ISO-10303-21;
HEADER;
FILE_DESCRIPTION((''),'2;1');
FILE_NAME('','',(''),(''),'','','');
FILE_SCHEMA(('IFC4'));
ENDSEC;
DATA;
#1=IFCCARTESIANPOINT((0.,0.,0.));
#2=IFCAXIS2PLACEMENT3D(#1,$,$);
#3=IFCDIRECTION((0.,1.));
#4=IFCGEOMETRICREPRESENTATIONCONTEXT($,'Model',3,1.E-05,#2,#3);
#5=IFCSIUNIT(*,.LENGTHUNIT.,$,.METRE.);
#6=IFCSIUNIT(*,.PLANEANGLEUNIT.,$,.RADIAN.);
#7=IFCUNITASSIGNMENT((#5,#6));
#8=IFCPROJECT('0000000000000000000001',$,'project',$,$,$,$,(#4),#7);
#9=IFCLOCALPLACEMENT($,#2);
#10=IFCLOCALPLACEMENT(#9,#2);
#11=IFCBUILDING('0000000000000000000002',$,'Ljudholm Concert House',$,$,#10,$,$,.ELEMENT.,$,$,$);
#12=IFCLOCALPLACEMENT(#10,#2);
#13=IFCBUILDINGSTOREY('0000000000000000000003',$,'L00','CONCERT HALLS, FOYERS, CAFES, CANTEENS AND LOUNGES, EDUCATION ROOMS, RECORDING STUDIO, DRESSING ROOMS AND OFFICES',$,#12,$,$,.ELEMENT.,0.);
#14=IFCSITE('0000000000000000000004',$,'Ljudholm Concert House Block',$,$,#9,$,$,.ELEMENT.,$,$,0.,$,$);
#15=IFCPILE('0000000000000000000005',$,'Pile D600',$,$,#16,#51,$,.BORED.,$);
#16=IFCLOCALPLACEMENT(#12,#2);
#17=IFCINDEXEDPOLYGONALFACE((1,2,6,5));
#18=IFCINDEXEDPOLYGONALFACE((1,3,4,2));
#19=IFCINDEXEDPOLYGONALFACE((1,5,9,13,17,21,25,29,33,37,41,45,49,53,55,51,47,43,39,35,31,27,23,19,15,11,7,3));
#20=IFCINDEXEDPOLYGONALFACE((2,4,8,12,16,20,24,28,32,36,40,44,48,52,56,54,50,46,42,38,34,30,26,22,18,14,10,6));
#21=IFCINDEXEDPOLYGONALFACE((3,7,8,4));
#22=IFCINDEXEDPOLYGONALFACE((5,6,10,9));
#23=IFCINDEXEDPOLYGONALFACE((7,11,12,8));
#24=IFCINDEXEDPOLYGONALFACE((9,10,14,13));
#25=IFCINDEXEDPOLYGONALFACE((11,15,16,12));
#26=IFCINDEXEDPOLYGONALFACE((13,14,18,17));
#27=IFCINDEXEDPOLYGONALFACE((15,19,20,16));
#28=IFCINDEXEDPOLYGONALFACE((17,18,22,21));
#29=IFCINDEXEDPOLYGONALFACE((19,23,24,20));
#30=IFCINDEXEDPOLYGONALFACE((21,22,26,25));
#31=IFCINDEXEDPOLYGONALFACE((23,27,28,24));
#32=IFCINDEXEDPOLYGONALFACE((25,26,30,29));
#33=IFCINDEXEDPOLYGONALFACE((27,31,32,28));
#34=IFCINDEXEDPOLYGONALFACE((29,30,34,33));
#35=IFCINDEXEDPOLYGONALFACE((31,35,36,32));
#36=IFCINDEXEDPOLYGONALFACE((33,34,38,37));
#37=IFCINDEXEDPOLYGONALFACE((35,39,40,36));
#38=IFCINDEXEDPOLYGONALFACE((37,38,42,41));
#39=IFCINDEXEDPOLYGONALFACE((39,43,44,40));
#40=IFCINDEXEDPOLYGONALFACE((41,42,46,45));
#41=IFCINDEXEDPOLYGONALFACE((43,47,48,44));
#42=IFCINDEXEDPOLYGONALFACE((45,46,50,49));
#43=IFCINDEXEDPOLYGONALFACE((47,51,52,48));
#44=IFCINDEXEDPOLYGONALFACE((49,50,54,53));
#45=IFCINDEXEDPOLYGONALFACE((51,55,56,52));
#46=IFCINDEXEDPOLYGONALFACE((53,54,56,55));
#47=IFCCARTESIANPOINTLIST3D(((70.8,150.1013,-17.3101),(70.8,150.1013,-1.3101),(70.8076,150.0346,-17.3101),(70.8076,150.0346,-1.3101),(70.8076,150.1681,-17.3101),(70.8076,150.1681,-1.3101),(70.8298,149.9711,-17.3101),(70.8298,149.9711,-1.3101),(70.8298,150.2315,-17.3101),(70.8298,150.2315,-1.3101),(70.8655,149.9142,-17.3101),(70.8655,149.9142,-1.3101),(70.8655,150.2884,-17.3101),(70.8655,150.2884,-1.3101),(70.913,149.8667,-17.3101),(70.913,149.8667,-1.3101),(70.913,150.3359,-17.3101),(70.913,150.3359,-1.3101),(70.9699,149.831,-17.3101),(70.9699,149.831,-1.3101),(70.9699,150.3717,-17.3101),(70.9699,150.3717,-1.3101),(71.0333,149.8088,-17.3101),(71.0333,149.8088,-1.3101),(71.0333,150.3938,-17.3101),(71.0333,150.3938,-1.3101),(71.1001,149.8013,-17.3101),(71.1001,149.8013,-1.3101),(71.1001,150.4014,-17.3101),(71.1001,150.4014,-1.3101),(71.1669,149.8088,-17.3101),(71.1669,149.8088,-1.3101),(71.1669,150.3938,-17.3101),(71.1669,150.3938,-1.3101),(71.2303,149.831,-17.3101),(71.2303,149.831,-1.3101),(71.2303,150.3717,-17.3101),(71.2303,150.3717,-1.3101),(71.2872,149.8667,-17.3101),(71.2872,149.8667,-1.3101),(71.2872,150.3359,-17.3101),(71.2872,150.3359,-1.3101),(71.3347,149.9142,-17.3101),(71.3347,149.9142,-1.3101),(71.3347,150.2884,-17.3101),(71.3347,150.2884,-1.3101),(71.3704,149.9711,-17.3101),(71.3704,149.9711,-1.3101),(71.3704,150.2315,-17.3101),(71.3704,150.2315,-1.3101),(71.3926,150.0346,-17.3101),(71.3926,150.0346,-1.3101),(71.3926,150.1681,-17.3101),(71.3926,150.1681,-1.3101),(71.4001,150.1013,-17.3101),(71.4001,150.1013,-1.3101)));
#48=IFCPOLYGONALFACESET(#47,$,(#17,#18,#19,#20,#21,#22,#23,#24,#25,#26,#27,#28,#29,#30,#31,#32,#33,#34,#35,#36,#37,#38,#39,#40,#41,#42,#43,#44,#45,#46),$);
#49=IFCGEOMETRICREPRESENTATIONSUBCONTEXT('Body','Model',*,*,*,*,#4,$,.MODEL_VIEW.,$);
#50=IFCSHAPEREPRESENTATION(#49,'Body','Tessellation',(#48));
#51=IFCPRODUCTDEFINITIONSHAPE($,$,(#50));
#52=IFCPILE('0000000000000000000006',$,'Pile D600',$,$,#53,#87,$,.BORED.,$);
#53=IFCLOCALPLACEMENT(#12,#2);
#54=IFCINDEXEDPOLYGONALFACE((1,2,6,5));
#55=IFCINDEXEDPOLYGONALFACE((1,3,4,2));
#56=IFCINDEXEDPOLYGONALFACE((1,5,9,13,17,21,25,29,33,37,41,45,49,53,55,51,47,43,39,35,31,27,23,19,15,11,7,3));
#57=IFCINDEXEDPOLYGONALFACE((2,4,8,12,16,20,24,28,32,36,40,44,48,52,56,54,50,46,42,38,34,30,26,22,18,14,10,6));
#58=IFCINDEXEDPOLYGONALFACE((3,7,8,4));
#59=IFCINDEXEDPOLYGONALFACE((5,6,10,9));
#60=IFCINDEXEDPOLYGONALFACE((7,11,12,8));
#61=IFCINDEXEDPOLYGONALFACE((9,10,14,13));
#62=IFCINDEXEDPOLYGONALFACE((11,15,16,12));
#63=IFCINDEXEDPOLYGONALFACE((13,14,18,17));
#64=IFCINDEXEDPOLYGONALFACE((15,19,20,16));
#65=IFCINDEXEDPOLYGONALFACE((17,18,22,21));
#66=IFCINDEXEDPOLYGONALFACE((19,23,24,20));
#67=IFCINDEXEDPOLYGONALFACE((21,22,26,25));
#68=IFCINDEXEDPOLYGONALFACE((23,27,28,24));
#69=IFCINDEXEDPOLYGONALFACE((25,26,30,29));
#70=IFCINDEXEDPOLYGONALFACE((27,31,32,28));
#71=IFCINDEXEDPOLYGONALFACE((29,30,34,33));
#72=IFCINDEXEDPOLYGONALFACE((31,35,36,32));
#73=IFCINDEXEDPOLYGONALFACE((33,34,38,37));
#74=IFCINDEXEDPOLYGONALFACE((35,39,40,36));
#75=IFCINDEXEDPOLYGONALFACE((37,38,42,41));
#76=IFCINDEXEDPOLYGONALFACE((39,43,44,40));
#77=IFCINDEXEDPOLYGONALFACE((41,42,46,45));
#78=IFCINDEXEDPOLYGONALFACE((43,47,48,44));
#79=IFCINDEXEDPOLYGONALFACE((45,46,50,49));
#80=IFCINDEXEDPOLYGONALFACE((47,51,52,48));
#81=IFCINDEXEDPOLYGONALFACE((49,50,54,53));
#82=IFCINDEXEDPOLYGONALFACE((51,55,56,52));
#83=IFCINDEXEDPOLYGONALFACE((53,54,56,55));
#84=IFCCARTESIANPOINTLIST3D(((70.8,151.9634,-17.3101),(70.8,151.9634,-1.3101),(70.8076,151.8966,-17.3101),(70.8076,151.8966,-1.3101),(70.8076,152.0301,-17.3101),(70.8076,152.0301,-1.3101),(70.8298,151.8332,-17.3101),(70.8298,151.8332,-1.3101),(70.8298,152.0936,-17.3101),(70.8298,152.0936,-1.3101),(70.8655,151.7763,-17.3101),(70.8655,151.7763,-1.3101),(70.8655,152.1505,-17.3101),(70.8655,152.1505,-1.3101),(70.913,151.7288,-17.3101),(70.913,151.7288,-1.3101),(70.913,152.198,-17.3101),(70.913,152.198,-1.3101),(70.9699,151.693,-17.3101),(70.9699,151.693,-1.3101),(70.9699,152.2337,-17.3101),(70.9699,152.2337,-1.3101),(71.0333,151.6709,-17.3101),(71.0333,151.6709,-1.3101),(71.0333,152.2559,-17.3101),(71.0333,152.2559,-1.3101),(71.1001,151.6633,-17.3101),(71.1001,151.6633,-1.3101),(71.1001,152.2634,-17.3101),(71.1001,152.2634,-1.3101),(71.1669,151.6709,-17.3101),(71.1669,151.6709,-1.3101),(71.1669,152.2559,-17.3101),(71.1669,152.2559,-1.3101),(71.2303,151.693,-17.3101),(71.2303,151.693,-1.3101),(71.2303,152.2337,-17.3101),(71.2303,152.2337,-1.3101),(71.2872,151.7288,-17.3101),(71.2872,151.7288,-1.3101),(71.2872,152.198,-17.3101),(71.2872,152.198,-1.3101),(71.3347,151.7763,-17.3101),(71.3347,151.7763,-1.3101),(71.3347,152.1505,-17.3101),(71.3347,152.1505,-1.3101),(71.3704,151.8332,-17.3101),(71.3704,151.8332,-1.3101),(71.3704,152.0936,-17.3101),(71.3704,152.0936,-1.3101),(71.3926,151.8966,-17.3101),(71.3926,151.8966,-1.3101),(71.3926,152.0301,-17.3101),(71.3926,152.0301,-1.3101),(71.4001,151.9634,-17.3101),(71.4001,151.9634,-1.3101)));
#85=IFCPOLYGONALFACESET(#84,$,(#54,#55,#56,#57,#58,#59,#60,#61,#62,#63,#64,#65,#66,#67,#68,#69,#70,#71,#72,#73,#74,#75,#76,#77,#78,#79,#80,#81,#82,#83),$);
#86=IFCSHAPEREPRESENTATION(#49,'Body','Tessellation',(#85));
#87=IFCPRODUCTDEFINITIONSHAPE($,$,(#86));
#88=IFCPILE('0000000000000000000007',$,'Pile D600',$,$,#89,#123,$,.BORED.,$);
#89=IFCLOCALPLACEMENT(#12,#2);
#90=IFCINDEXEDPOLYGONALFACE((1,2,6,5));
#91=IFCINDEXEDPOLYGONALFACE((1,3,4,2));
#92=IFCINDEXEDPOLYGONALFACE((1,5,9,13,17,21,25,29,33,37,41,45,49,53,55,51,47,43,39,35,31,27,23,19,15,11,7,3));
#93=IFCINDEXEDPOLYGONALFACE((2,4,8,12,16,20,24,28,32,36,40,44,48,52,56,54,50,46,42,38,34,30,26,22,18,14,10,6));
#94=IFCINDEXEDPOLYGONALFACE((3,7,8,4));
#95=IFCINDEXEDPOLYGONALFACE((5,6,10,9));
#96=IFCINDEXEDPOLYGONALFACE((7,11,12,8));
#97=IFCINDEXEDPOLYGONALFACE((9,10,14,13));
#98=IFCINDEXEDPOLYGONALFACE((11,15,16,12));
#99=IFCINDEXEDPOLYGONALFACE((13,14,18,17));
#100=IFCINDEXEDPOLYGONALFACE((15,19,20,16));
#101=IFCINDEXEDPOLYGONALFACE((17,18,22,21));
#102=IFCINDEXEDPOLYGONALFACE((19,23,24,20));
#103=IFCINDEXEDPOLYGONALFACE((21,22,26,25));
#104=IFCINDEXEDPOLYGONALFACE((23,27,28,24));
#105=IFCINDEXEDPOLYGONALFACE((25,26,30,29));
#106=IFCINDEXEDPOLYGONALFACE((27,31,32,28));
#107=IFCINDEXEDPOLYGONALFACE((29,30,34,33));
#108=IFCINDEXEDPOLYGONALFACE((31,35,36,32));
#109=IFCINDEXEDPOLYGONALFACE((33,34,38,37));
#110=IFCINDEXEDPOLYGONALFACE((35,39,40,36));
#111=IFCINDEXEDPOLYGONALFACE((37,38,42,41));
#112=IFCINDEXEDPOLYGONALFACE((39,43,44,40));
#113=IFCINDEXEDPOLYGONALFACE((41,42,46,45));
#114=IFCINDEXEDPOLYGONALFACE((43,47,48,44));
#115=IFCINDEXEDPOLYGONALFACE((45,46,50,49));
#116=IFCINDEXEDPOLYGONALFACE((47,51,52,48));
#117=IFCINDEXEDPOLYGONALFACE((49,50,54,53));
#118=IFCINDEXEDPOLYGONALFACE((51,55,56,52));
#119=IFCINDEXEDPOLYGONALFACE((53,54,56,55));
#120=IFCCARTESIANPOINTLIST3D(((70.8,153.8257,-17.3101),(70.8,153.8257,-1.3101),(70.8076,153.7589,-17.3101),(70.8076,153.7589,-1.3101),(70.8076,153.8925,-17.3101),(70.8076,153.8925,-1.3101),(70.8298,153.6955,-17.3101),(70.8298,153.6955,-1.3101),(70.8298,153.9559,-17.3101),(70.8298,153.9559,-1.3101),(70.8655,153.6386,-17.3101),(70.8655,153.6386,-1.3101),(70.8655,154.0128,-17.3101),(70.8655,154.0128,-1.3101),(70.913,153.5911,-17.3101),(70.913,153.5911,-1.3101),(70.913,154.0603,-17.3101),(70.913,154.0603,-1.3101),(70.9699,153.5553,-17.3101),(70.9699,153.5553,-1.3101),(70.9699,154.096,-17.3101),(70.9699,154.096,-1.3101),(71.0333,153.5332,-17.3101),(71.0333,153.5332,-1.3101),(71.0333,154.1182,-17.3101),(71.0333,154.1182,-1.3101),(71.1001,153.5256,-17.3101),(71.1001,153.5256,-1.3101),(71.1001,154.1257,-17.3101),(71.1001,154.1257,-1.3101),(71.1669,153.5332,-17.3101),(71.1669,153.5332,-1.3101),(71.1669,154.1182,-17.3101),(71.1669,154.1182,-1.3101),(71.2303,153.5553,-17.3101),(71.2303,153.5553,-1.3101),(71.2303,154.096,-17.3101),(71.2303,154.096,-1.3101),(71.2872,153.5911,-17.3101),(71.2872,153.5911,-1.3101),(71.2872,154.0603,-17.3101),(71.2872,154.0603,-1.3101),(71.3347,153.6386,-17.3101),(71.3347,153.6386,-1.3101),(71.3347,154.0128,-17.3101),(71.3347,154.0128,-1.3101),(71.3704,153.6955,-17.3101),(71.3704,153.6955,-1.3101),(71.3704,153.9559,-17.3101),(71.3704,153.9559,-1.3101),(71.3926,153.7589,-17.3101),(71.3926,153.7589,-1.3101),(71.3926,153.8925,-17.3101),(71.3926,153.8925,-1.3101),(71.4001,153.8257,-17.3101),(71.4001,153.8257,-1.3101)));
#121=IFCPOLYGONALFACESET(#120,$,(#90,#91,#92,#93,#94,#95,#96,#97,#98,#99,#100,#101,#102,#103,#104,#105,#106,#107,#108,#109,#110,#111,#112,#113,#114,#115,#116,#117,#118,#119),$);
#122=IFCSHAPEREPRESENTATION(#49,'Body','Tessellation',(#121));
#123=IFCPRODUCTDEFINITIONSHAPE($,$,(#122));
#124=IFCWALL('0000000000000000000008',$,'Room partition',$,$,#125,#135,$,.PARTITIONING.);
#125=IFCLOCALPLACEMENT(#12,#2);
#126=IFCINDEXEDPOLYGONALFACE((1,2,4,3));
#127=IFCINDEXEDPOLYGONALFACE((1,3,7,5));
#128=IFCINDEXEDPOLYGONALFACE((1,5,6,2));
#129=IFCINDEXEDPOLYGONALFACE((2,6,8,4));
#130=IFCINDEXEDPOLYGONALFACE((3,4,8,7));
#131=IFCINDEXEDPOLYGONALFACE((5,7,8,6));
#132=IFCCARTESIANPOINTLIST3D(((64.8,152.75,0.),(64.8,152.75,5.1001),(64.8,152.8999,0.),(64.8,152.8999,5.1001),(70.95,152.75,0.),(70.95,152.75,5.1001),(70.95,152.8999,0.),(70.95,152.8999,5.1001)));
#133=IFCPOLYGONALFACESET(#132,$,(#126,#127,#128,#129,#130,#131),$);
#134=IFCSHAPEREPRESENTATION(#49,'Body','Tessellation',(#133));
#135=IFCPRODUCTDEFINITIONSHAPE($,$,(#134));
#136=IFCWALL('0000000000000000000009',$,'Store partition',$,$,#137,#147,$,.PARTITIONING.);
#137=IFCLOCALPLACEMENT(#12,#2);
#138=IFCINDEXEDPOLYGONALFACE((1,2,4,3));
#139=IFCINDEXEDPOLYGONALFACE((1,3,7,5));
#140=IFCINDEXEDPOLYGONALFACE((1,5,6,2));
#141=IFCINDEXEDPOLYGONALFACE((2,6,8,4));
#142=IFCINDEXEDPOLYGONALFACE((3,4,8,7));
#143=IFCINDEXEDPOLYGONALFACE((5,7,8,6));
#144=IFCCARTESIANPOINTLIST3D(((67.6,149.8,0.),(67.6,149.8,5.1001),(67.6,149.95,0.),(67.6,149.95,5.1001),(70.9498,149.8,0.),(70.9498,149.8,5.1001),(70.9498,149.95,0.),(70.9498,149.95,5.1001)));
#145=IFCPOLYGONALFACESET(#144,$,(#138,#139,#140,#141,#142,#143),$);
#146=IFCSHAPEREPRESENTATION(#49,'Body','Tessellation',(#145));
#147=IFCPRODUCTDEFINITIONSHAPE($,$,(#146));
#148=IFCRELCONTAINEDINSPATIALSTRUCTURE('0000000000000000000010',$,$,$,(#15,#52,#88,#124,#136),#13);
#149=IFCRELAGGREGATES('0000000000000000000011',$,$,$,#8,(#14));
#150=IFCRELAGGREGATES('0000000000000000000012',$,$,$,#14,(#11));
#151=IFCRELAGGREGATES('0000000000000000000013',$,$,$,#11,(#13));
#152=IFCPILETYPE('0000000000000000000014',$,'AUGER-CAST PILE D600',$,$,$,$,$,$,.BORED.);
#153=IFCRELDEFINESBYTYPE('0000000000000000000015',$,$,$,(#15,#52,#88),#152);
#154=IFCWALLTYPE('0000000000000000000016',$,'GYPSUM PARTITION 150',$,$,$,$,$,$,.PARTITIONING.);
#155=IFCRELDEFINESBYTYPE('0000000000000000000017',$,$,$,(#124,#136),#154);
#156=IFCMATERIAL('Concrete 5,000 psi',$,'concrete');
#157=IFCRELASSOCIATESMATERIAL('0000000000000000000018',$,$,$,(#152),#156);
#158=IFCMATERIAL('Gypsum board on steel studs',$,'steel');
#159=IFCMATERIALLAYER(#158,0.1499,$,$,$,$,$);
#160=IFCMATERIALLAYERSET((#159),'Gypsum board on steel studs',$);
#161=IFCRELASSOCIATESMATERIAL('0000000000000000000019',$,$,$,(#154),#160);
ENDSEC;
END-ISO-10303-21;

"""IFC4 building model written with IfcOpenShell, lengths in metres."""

from ifc_helpers import new_model, si_unit, direction, frame, frame_2d, origin, origin_2d, place, context, subcontext, project, spatial, rectangle, circle, extrude, material, layer, layer_set, material_profile, profile_set, type_object, element, save


model = new_model("IFC4")

# Units and contexts
model_context = context("Model", 3, precision=1e-05, world=origin(), true_north=direction((0.0, 1.0)))
body_context = subcontext(model_context, "Body", "Model", "MODEL_VIEW")
ifc_project = project(units=[si_unit("LENGTHUNIT", "METRE"), si_unit("PLANEANGLEUNIT", "RADIAN")], contexts=[model_context])

# Site, building, storey
site_placement = place(None, origin())
site = spatial("IfcSite", under=ifc_project, at=site_placement, Name="Ljudholm Concert House Block", CompositionType="ELEMENT", RefElevation=0.0)
building_placement = place(site_placement, origin())
building = spatial("IfcBuilding", under=site, at=building_placement, Name="Ljudholm Concert House", CompositionType="ELEMENT")
storey_placement = place(building_placement, origin())
storey = spatial("IfcBuildingStorey", under=building, at=storey_placement, Name="L00", Description="CONCERT HALLS, FOYERS, CAFES, CANTEENS AND LOUNGES, EDUCATION ROOMS, RECORDING STUDIO, DRESSING ROOMS AND OFFICES", CompositionType="ELEMENT", Elevation=0.0)

# Piles
ifc_material_1 = material(Name="Concrete 5,000 psi", Category="concrete")
ifc_material_profile = material_profile(ifc_material_1, circle(Radius=0.3, at=origin_2d()), Name="AUGER-CAST PILE D600")
ifc_profile_set = profile_set([ifc_material_profile], Name="Concrete 5,000 psi")
pile_type = type_object("IfcPileType", Name="AUGER-CAST PILE D600", PredefinedType="BORED", material=ifc_profile_set)
for number, where, z_axis, x_axis, name in (
    (1, (71.1001, 150.1013, -1.3101), (0.0, 0.0, -1.0), (1.0, 0.0, 0.0), "Pile D600"),
    (2, (71.1001, 151.9634, -1.3101), (0.0, 0.0, -1.0), (1.0, 0.0, 0.0), "Pile D600"),
    (3, (71.1001, 153.8257, -1.3101), (0.0, 0.0, -1.0), (1.0, 0.0, 0.0), "Pile D600"),
):
    element("IfcPile", number, at=place(storey_placement, frame(where, z_axis=z_axis, x_axis=x_axis)), inside=storey, type_object=pile_type, Name=name, PredefinedType="BORED", context=body_context, shape_type="SweptSolid", body=[
        extrude(circle(Radius=0.3, at=origin_2d()), origin(), (0.0, 0.0, 1.0), 16.0),
    ])

# Walls
ifc_material_2 = material(Name="Gypsum board on steel studs", Category="steel")
ifc_layer_1 = layer(ifc_material_2, 0.1499)
ifc_layer_set_1 = layer_set([ifc_layer_1], Name="Gypsum board on steel studs")
wall_type_1 = type_object("IfcWallType", Name="GYPSUM PARTITION 150", PredefinedType="PARTITIONING", material=ifc_layer_set_1)
wall_1_placement = place(storey_placement, frame((64.8, 152.825, 0.0), z_axis=(0.0, 0.0, 1.0), x_axis=(1.0, 0.0, 0.0)))
element("IfcWall", 4, at=wall_1_placement, inside=storey, type_object=wall_type_1, Name="Room partition", PredefinedType="PARTITIONING", context=body_context, shape_type="SweptSolid", body=[
    extrude(rectangle(XDim=6.1499, YDim=0.1499, at=frame_2d((3.075, 0.0))), origin(), (0.0, 0.0, 1.0), 5.1001),
])
wall_2_placement = place(storey_placement, frame((67.6001, 149.875, 0.0), z_axis=(0.0, 0.0, 1.0), x_axis=(1.0, 0.0, 0.0)))
element("IfcWall", 5, at=wall_2_placement, inside=storey, type_object=wall_type_1, Name="Store partition", PredefinedType="PARTITIONING", context=body_context, shape_type="SweptSolid", body=[
    extrude(rectangle(XDim=3.3499, YDim=0.1499, at=frame_2d((1.6748, 0.0))), origin(), (0.0, 0.0, 1.0), 5.1001),
])

save(model, "model.ifc")
